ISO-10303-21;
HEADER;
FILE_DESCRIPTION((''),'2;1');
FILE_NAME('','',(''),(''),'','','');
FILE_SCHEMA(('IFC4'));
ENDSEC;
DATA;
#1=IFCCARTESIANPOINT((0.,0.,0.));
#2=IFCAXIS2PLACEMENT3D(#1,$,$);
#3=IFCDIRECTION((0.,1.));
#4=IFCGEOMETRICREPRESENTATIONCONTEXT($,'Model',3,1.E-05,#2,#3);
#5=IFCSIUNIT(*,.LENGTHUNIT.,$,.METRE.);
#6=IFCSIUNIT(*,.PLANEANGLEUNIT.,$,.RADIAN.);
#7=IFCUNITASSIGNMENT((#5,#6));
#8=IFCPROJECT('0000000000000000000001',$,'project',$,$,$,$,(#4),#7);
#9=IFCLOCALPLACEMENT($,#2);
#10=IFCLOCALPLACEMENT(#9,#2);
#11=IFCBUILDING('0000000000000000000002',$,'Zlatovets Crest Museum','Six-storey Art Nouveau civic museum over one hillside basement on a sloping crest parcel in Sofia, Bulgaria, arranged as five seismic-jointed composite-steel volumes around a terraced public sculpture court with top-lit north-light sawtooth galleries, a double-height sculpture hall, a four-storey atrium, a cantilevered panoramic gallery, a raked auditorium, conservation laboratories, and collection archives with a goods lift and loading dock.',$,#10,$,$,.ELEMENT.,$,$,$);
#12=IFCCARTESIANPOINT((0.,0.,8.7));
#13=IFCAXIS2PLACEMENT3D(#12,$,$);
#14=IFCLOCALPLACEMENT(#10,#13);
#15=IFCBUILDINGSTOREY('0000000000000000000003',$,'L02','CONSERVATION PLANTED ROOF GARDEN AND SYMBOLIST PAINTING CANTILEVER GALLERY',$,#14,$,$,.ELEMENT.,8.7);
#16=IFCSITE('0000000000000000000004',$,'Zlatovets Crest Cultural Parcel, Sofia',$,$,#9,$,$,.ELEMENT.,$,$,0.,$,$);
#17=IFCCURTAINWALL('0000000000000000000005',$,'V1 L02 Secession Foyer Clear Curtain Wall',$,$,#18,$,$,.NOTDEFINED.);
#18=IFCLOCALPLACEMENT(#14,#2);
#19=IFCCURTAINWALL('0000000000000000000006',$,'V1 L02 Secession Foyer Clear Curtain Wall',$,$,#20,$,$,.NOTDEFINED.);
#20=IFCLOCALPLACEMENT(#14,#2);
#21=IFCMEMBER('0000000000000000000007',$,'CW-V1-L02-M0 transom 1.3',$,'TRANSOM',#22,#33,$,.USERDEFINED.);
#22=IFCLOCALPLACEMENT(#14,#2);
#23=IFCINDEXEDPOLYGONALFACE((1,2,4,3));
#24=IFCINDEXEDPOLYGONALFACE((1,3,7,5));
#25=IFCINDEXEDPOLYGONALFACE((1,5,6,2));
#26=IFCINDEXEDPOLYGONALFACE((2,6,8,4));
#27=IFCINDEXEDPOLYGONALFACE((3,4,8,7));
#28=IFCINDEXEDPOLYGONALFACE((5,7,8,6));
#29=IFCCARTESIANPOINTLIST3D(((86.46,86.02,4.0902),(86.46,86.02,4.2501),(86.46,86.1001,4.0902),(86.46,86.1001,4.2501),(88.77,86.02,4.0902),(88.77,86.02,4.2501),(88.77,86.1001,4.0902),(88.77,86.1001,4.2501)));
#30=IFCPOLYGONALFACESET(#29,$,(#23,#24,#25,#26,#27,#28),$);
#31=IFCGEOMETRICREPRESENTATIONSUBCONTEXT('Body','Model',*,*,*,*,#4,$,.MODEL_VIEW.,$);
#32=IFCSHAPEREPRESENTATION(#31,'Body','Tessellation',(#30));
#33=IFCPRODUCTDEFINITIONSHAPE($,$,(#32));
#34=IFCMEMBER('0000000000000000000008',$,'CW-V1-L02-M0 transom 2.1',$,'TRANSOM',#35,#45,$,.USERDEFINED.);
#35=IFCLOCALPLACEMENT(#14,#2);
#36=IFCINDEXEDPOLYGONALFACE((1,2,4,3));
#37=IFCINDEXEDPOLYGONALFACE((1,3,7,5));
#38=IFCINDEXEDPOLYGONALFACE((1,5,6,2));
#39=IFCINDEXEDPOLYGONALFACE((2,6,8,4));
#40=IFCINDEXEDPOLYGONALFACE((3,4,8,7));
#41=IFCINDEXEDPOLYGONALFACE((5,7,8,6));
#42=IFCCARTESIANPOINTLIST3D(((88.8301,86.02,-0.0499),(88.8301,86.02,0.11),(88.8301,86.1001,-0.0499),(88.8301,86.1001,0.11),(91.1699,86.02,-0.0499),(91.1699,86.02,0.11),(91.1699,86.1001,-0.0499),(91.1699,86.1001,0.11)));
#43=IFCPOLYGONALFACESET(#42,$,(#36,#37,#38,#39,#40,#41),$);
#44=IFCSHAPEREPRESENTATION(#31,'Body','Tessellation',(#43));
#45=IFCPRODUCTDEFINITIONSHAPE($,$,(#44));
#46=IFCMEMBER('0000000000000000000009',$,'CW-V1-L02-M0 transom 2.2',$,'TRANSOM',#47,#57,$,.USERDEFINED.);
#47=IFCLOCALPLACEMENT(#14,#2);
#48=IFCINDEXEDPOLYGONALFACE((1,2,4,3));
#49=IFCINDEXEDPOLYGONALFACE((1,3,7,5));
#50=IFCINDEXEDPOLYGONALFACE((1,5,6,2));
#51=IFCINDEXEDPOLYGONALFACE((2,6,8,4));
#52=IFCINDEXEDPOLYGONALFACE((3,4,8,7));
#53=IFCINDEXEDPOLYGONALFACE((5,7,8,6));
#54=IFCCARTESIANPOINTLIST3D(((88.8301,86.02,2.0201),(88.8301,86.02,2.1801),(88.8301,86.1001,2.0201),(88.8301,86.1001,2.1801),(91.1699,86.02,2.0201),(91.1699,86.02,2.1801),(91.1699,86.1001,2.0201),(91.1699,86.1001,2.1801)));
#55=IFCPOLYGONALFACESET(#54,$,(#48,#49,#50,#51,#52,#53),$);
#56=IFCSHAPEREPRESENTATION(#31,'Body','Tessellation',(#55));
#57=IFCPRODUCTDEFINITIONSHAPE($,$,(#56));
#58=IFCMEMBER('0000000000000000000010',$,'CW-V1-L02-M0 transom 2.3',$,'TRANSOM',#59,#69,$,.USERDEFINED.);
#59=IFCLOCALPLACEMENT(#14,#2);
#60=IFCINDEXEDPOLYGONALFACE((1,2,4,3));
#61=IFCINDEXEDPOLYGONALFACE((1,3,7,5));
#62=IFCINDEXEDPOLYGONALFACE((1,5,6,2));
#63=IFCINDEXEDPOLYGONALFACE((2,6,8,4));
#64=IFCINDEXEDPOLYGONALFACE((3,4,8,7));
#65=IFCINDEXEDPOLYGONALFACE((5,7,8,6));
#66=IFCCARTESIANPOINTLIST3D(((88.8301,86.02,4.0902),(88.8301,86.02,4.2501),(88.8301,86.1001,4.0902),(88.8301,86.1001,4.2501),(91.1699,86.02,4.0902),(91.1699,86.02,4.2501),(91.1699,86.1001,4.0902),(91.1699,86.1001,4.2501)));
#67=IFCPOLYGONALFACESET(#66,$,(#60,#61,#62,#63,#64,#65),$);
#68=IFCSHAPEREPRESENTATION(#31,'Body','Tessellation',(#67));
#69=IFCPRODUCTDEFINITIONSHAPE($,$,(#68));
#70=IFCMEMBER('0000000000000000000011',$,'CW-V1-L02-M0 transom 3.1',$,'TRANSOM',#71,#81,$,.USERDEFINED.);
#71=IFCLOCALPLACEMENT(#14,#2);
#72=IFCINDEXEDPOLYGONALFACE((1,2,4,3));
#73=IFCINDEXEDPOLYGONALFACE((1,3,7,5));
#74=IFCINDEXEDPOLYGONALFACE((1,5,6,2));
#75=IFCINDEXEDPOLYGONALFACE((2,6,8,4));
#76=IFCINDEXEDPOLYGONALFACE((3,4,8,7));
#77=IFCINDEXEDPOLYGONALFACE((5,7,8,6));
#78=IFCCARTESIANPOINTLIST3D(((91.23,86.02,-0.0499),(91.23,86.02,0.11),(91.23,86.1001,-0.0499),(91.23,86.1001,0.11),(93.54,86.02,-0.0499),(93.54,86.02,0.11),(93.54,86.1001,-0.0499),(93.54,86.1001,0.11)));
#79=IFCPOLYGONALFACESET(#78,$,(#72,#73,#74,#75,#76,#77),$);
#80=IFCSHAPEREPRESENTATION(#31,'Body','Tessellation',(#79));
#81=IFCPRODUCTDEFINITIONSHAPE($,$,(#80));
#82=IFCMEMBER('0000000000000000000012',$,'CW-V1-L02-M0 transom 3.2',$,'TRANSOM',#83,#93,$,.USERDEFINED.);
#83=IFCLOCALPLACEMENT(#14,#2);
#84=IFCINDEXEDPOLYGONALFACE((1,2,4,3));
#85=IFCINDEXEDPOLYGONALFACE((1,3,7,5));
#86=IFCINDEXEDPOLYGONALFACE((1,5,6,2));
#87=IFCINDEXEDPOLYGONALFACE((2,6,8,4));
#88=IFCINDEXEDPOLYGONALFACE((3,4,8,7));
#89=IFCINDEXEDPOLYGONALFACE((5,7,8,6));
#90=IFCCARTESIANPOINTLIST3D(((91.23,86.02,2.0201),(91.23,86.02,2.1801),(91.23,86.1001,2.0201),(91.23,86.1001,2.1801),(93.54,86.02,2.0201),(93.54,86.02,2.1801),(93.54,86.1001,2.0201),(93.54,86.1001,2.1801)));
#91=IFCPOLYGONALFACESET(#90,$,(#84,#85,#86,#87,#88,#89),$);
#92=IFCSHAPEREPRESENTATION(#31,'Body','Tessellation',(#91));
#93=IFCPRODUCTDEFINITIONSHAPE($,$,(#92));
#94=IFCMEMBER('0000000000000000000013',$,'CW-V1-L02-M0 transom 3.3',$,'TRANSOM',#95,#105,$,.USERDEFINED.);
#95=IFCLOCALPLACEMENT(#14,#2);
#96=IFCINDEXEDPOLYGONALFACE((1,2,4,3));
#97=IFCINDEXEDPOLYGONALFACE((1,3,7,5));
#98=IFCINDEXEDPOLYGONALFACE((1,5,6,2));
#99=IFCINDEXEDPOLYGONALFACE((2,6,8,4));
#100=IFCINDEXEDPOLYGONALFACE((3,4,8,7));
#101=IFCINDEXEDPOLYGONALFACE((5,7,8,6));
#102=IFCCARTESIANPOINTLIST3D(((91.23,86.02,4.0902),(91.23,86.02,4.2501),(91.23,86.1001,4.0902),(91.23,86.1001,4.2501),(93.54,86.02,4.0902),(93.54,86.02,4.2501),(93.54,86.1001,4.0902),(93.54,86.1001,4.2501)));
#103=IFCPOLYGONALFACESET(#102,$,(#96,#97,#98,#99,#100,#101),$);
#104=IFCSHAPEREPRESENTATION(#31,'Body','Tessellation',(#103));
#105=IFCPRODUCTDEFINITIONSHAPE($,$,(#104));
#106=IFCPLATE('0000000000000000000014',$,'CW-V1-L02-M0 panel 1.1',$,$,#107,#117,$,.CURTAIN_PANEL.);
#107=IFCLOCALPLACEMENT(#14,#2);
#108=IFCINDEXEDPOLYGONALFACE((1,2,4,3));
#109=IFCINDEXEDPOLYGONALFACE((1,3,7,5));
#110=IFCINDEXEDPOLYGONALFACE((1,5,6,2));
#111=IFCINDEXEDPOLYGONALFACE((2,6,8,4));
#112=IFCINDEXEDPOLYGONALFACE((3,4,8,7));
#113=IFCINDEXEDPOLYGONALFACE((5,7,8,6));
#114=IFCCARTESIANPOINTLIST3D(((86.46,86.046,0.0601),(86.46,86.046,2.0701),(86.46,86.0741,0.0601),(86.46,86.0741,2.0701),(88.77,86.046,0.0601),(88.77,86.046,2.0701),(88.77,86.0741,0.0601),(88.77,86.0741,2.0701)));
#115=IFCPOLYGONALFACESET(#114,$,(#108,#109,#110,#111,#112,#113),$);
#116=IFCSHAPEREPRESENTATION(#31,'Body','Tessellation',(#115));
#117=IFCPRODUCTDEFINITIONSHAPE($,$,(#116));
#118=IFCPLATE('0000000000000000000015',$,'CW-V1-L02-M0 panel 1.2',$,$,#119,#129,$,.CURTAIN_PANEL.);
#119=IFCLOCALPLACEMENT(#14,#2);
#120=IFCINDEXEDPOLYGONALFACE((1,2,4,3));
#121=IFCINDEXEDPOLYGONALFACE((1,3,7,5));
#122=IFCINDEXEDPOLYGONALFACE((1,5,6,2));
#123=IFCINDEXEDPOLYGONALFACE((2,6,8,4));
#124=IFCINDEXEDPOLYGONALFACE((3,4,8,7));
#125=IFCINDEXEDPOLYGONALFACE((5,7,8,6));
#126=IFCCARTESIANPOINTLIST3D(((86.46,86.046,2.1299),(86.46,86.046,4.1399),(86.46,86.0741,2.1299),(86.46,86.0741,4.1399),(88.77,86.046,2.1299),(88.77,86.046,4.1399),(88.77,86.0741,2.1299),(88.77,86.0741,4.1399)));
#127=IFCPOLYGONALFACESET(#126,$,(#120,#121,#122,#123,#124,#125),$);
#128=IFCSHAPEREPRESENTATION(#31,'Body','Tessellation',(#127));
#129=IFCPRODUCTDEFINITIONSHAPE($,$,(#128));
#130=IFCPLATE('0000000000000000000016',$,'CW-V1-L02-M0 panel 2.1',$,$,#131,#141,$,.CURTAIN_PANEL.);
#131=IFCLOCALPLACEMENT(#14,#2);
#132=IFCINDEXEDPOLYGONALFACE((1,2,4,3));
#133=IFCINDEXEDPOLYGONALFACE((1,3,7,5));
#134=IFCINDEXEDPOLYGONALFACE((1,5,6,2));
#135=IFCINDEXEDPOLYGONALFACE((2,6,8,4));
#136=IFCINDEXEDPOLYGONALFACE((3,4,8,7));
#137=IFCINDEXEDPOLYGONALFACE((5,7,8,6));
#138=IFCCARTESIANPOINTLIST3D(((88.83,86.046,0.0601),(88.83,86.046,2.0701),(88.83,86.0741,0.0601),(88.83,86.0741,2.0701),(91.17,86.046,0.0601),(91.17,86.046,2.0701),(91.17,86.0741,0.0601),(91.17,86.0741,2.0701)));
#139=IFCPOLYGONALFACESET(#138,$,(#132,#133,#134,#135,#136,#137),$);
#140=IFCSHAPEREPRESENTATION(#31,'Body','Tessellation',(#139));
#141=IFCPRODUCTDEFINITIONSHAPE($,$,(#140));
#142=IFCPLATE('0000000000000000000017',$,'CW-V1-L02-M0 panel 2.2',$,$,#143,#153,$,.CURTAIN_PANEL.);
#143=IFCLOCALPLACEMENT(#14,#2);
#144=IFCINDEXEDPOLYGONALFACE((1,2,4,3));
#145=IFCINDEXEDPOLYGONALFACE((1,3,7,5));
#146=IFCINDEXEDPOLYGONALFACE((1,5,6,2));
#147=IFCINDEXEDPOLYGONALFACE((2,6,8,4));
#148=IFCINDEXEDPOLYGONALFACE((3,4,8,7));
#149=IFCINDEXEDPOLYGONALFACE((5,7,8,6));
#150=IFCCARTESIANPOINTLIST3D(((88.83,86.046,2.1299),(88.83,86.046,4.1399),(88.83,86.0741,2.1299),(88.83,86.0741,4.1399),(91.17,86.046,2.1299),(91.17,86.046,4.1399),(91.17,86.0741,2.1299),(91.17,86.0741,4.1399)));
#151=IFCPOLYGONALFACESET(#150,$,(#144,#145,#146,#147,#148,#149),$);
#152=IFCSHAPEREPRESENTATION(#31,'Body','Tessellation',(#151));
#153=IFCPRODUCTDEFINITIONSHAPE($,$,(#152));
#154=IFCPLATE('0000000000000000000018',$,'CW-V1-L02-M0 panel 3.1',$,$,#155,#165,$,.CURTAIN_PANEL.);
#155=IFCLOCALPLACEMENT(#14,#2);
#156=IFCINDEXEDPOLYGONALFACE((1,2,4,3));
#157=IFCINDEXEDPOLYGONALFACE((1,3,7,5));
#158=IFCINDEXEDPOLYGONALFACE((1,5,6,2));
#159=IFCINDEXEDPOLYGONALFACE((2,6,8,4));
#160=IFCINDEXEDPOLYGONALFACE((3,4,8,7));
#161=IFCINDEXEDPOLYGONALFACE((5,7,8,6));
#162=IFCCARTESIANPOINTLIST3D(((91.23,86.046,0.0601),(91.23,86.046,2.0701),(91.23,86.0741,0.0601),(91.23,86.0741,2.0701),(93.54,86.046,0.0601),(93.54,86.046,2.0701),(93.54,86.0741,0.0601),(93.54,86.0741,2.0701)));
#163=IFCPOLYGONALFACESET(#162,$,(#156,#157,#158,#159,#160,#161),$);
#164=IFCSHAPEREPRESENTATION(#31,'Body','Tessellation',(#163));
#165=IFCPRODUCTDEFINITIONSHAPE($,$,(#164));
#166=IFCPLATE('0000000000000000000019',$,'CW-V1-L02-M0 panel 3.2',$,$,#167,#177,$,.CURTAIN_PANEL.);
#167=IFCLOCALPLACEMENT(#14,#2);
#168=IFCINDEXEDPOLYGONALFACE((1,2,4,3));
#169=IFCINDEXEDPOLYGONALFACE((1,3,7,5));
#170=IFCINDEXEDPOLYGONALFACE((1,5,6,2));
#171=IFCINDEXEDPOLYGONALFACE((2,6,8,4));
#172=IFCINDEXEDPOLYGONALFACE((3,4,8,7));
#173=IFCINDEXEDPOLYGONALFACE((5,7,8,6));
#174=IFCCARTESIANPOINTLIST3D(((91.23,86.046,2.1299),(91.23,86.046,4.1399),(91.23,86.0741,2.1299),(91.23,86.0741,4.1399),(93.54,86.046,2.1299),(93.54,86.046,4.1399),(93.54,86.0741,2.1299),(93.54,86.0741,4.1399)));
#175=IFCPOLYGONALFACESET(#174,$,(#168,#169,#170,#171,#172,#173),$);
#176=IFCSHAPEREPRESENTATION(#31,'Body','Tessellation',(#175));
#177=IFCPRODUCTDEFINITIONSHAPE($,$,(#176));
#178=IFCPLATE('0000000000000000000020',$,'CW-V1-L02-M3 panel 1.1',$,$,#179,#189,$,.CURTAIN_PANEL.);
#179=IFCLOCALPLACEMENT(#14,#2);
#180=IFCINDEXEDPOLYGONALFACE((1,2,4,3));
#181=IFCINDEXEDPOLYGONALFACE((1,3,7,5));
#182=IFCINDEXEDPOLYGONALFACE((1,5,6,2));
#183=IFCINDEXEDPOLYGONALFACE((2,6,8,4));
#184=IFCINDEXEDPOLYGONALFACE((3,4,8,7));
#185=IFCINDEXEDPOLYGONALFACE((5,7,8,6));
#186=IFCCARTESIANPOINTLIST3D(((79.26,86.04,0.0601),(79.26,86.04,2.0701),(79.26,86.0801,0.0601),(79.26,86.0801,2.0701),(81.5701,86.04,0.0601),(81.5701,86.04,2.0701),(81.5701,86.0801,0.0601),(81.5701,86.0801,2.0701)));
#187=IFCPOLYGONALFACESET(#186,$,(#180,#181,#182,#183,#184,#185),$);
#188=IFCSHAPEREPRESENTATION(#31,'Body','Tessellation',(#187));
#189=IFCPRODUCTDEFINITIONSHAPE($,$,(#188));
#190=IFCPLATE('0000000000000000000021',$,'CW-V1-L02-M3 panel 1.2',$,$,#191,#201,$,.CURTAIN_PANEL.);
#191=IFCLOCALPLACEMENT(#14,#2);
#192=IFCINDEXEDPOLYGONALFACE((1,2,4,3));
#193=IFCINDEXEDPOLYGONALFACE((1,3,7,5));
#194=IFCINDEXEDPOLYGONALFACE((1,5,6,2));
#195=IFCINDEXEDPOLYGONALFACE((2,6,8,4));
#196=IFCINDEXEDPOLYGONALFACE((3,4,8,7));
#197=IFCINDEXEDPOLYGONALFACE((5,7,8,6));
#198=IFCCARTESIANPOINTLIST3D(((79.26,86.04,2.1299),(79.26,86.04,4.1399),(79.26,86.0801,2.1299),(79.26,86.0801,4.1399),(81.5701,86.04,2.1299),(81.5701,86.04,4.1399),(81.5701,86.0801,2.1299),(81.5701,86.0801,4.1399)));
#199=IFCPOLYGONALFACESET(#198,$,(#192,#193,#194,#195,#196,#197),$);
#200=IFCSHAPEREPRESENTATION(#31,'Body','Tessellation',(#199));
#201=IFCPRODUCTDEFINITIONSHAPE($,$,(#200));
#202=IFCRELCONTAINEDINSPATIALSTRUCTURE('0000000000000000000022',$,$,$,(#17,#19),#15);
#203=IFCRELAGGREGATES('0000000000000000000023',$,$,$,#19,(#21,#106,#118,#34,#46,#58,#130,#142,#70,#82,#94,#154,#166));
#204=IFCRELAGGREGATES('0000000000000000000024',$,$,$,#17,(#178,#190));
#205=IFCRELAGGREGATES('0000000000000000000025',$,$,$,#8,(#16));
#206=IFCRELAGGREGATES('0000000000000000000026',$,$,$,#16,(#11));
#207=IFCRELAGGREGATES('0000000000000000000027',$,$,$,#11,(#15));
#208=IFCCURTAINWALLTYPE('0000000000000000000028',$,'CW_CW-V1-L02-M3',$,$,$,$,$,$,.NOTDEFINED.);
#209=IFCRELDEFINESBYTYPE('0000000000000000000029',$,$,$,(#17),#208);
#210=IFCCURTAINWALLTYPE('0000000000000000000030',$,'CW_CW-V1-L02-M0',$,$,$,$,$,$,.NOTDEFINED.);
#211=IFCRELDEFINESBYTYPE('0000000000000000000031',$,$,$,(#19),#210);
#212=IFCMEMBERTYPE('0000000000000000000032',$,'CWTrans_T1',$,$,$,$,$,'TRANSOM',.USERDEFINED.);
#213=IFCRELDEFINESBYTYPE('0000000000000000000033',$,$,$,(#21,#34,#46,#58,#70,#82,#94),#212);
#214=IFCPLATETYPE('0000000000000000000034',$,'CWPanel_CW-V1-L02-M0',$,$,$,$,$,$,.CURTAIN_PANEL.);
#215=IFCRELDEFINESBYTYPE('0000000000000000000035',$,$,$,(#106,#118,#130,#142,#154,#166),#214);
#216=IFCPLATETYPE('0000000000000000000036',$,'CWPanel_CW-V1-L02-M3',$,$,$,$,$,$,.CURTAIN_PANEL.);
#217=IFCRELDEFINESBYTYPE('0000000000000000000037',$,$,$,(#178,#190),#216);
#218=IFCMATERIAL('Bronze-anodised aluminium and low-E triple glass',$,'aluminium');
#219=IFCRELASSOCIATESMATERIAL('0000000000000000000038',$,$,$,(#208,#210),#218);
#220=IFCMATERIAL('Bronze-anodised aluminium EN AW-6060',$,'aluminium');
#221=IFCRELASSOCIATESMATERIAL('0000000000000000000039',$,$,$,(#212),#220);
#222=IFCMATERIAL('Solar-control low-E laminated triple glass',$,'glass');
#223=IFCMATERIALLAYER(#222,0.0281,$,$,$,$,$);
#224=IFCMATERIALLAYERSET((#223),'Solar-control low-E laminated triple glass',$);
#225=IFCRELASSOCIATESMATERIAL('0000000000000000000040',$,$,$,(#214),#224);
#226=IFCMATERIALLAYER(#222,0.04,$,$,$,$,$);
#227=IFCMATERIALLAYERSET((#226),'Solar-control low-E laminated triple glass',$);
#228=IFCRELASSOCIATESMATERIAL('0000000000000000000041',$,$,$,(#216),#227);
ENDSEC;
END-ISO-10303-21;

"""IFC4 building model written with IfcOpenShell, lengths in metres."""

from ifc_helpers import new_model, si_unit, direction, frame, origin, origin_2d, place, context, subcontext, project, spatial, rectangle, extrude, material, layer, layer_set, material_profile, profile_set, type_object, element, aggregate, save


model = new_model("IFC4")

# Units and contexts
model_context = context("Model", 3, precision=1e-05, world=origin(), true_north=direction((0.0, 1.0)))
body_context = subcontext(model_context, "Body", "Model", "MODEL_VIEW")
ifc_project = project(units=[si_unit("LENGTHUNIT", "METRE"), si_unit("PLANEANGLEUNIT", "RADIAN")], contexts=[model_context])

# Site, building, storey
site_placement = place(None, origin())
site = spatial("IfcSite", under=ifc_project, at=site_placement, Name="Zlatovets Crest Cultural Parcel, Sofia", CompositionType="ELEMENT", RefElevation=0.0)
building_placement = place(site_placement, origin())
building = spatial("IfcBuilding", under=site, at=building_placement, Name="Zlatovets Crest Museum", Description="Six-storey Art Nouveau civic museum over one hillside basement on a sloping crest parcel in Sofia, Bulgaria, arranged as five seismic-jointed composite-steel volumes around a terraced public sculpture court with top-lit north-light sawtooth galleries, a double-height sculpture hall, a four-storey atrium, a cantilevered panoramic gallery, a raked auditorium, conservation laboratories, and collection archives with a goods lift and loading dock.", CompositionType="ELEMENT")
storey_placement = place(building_placement, frame((0.0, 0.0, 8.7)))
storey = spatial("IfcBuildingStorey", under=building, at=storey_placement, Name="L02", Description="CONSERVATION PLANTED ROOF GARDEN AND SYMBOLIST PAINTING CANTILEVER GALLERY", CompositionType="ELEMENT", Elevation=8.7)

# Curtain walls
ifc_material_1 = material(Name="Bronze-anodised aluminium and low-E triple glass", Category="aluminium")
curtain_wall_type_1 = type_object("IfcCurtainWallType", Name="CW_CW-V1-L02-M3", PredefinedType="NOTDEFINED", material=ifc_material_1)
curtain_wall_1_placement = place(storey_placement, origin())
curtain_wall_1 = element("IfcCurtainWall", 1, at=curtain_wall_1_placement, inside=storey, type_object=curtain_wall_type_1, Name="V1 L02 Secession Foyer Clear Curtain Wall", PredefinedType="NOTDEFINED")
ifc_material_2 = material(Name="Bronze-anodised aluminium EN AW-6060", Category="aluminium")
curtain_wall_type_2 = type_object("IfcCurtainWallType", Name="CW_CW-V1-L02-M0", PredefinedType="NOTDEFINED", material=ifc_material_1)
curtain_wall_2_placement = place(storey_placement, origin())
curtain_wall_2 = element("IfcCurtainWall", 2, at=curtain_wall_2_placement, inside=storey, type_object=curtain_wall_type_2, Name="V1 L02 Secession Foyer Clear Curtain Wall", PredefinedType="NOTDEFINED")

# Members
ifc_material_profile_1 = material_profile(ifc_material_2, rectangle(XDim=0.0801, YDim=0.1599, at=origin_2d()), Name="ALU 80x160")
ifc_profile_set_1 = profile_set([ifc_material_profile_1], Name="Bronze-anodised aluminium EN AW-6060")
member_type_1 = type_object("IfcMemberType", Name="CWTrans_T1", ElementType="TRANSOM", PredefinedType="USERDEFINED", material=ifc_profile_set_1)
member_1_placement = place(storey_placement, frame((86.46, 86.0601, 4.1702), z_axis=(1.0, 0.0, 0.0), x_axis=(0.0, 1.0, 0.0)))
member_1 = element("IfcMember", 3, at=member_1_placement, type_object=member_type_1, Name="CW-V1-L02-M0 transom 1.3", ObjectType="TRANSOM", PredefinedType="USERDEFINED", context=body_context, shape_type="SweptSolid", body=[
    extrude(rectangle(XDim=0.0801, YDim=0.1599, at=origin_2d()), origin(), (0.0, 0.0, 1.0), 2.3101),
])
member_2_placement = place(storey_placement, frame((88.8301, 86.0601, 0.03), z_axis=(1.0, 0.0, 0.0), x_axis=(0.0, 1.0, 0.0)))
member_2 = element("IfcMember", 4, at=member_2_placement, type_object=member_type_1, Name="CW-V1-L02-M0 transom 2.1", ObjectType="TRANSOM", PredefinedType="USERDEFINED", context=body_context, shape_type="SweptSolid", body=[
    extrude(rectangle(XDim=0.0801, YDim=0.1599, at=origin_2d()), origin(), (0.0, 0.0, 1.0), 2.3398),
])
member_3_placement = place(storey_placement, frame((88.8301, 86.0601, 2.1001), z_axis=(1.0, 0.0, 0.0), x_axis=(0.0, 1.0, 0.0)))
member_3 = element("IfcMember", 5, at=member_3_placement, type_object=member_type_1, Name="CW-V1-L02-M0 transom 2.2", ObjectType="TRANSOM", PredefinedType="USERDEFINED", context=body_context, shape_type="SweptSolid", body=[
    extrude(rectangle(XDim=0.0801, YDim=0.1599, at=origin_2d()), origin(), (0.0, 0.0, 1.0), 2.3398),
])
member_4_placement = place(storey_placement, frame((88.8301, 86.0601, 4.1702), z_axis=(1.0, 0.0, 0.0), x_axis=(0.0, 1.0, 0.0)))
member_4 = element("IfcMember", 6, at=member_4_placement, type_object=member_type_1, Name="CW-V1-L02-M0 transom 2.3", ObjectType="TRANSOM", PredefinedType="USERDEFINED", context=body_context, shape_type="SweptSolid", body=[
    extrude(rectangle(XDim=0.0801, YDim=0.1599, at=origin_2d()), origin(), (0.0, 0.0, 1.0), 2.3398),
])
member_5_placement = place(storey_placement, frame((91.23, 86.0601, 0.03), z_axis=(1.0, 0.0, 0.0), x_axis=(0.0, 1.0, 0.0)))
member_5 = element("IfcMember", 7, at=member_5_placement, type_object=member_type_1, Name="CW-V1-L02-M0 transom 3.1", ObjectType="TRANSOM", PredefinedType="USERDEFINED", context=body_context, shape_type="SweptSolid", body=[
    extrude(rectangle(XDim=0.0801, YDim=0.1599, at=origin_2d()), origin(), (0.0, 0.0, 1.0), 2.3101),
])
member_6_placement = place(storey_placement, frame((91.23, 86.0601, 2.1001), z_axis=(1.0, 0.0, 0.0), x_axis=(0.0, 1.0, 0.0)))
member_6 = element("IfcMember", 8, at=member_6_placement, type_object=member_type_1, Name="CW-V1-L02-M0 transom 3.2", ObjectType="TRANSOM", PredefinedType="USERDEFINED", context=body_context, shape_type="SweptSolid", body=[
    extrude(rectangle(XDim=0.0801, YDim=0.1599, at=origin_2d()), origin(), (0.0, 0.0, 1.0), 2.3101),
])
member_7_placement = place(storey_placement, frame((91.23, 86.0601, 4.1702), z_axis=(1.0, 0.0, 0.0), x_axis=(0.0, 1.0, 0.0)))
member_7 = element("IfcMember", 9, at=member_7_placement, type_object=member_type_1, Name="CW-V1-L02-M0 transom 3.3", ObjectType="TRANSOM", PredefinedType="USERDEFINED", context=body_context, shape_type="SweptSolid", body=[
    extrude(rectangle(XDim=0.0801, YDim=0.1599, at=origin_2d()), origin(), (0.0, 0.0, 1.0), 2.3101),
])

# Plates
ifc_material_3 = material(Name="Solar-control low-E laminated triple glass", Category="glass")
ifc_layer_1 = layer(ifc_material_3, 0.0281)
ifc_layer_set_1 = layer_set([ifc_layer_1], Name="Solar-control low-E laminated triple glass")
plate_type_1 = type_object("IfcPlateType", Name="CWPanel_CW-V1-L02-M0", PredefinedType="CURTAIN_PANEL", material=ifc_layer_set_1)
plate_1_placement = place(storey_placement, frame((87.615, 86.0601, 0.0601), z_axis=(0.0, 0.0, 1.0), x_axis=(1.0, 0.0, 0.0)))
plate_1 = element("IfcPlate", 10, at=plate_1_placement, type_object=plate_type_1, Name="CW-V1-L02-M0 panel 1.1", PredefinedType="CURTAIN_PANEL", context=body_context, shape_type="SweptSolid", body=[
    extrude(rectangle(XDim=2.3101, YDim=0.0281, at=origin_2d()), origin(), (0.0, 0.0, 1.0), 2.01),
])
plate_2_placement = place(storey_placement, frame((87.615, 86.0601, 2.1299), z_axis=(0.0, 0.0, 1.0), x_axis=(1.0, 0.0, 0.0)))
plate_2 = element("IfcPlate", 11, at=plate_2_placement, type_object=plate_type_1, Name="CW-V1-L02-M0 panel 1.2", PredefinedType="CURTAIN_PANEL", context=body_context, shape_type="SweptSolid", body=[
    extrude(rectangle(XDim=2.3101, YDim=0.0281, at=origin_2d()), origin(), (0.0, 0.0, 1.0), 2.01),
])
plate_3_placement = place(storey_placement, frame((90.0, 86.0601, 0.0601), z_axis=(0.0, 0.0, 1.0), x_axis=(1.0, 0.0, 0.0)))
plate_3 = element("IfcPlate", 12, at=plate_3_placement, type_object=plate_type_1, Name="CW-V1-L02-M0 panel 2.1", PredefinedType="CURTAIN_PANEL", context=body_context, shape_type="SweptSolid", body=[
    extrude(rectangle(XDim=2.3401, YDim=0.0281, at=origin_2d()), origin(), (0.0, 0.0, 1.0), 2.01),
])
plate_4_placement = place(storey_placement, frame((90.0, 86.0601, 2.1299), z_axis=(0.0, 0.0, 1.0), x_axis=(1.0, 0.0, 0.0)))
plate_4 = element("IfcPlate", 13, at=plate_4_placement, type_object=plate_type_1, Name="CW-V1-L02-M0 panel 2.2", PredefinedType="CURTAIN_PANEL", context=body_context, shape_type="SweptSolid", body=[
    extrude(rectangle(XDim=2.3401, YDim=0.0281, at=origin_2d()), origin(), (0.0, 0.0, 1.0), 2.01),
])
plate_5_placement = place(storey_placement, frame((92.385, 86.0601, 0.0601), z_axis=(0.0, 0.0, 1.0), x_axis=(1.0, 0.0, 0.0)))
plate_5 = element("IfcPlate", 14, at=plate_5_placement, type_object=plate_type_1, Name="CW-V1-L02-M0 panel 3.1", PredefinedType="CURTAIN_PANEL", context=body_context, shape_type="SweptSolid", body=[
    extrude(rectangle(XDim=2.3101, YDim=0.0281, at=origin_2d()), origin(), (0.0, 0.0, 1.0), 2.01),
])
plate_6_placement = place(storey_placement, frame((92.385, 86.0601, 2.1299), z_axis=(0.0, 0.0, 1.0), x_axis=(1.0, 0.0, 0.0)))
plate_6 = element("IfcPlate", 15, at=plate_6_placement, type_object=plate_type_1, Name="CW-V1-L02-M0 panel 3.2", PredefinedType="CURTAIN_PANEL", context=body_context, shape_type="SweptSolid", body=[
    extrude(rectangle(XDim=2.3101, YDim=0.0281, at=origin_2d()), origin(), (0.0, 0.0, 1.0), 2.01),
])
aggregate(curtain_wall_2, [member_1, plate_1, plate_2, member_2, member_3, member_4, plate_3, plate_4, member_5, member_6, member_7, plate_5, plate_6])
ifc_layer_2 = layer(ifc_material_3, 0.04)
ifc_layer_set_2 = layer_set([ifc_layer_2], Name="Solar-control low-E laminated triple glass")
plate_type_2 = type_object("IfcPlateType", Name="CWPanel_CW-V1-L02-M3", PredefinedType="CURTAIN_PANEL", material=ifc_layer_set_2)
plate_7_placement = place(storey_placement, frame((80.415, 86.0601, 0.0601), z_axis=(0.0, 0.0, 1.0), x_axis=(1.0, 0.0, 0.0)))
plate_7 = element("IfcPlate", 16, at=plate_7_placement, type_object=plate_type_2, Name="CW-V1-L02-M3 panel 1.1", PredefinedType="CURTAIN_PANEL", context=body_context, shape_type="SweptSolid", body=[
    extrude(rectangle(XDim=2.3101, YDim=0.04, at=origin_2d()), origin(), (0.0, 0.0, 1.0), 2.01),
])
plate_8_placement = place(storey_placement, frame((80.415, 86.0601, 2.1299), z_axis=(0.0, 0.0, 1.0), x_axis=(1.0, 0.0, 0.0)))
plate_8 = element("IfcPlate", 17, at=plate_8_placement, type_object=plate_type_2, Name="CW-V1-L02-M3 panel 1.2", PredefinedType="CURTAIN_PANEL", context=body_context, shape_type="SweptSolid", body=[
    extrude(rectangle(XDim=2.3101, YDim=0.04, at=origin_2d()), origin(), (0.0, 0.0, 1.0), 2.01),
])
aggregate(curtain_wall_1, [plate_7, plate_8])

save(model, "model.ifc")
